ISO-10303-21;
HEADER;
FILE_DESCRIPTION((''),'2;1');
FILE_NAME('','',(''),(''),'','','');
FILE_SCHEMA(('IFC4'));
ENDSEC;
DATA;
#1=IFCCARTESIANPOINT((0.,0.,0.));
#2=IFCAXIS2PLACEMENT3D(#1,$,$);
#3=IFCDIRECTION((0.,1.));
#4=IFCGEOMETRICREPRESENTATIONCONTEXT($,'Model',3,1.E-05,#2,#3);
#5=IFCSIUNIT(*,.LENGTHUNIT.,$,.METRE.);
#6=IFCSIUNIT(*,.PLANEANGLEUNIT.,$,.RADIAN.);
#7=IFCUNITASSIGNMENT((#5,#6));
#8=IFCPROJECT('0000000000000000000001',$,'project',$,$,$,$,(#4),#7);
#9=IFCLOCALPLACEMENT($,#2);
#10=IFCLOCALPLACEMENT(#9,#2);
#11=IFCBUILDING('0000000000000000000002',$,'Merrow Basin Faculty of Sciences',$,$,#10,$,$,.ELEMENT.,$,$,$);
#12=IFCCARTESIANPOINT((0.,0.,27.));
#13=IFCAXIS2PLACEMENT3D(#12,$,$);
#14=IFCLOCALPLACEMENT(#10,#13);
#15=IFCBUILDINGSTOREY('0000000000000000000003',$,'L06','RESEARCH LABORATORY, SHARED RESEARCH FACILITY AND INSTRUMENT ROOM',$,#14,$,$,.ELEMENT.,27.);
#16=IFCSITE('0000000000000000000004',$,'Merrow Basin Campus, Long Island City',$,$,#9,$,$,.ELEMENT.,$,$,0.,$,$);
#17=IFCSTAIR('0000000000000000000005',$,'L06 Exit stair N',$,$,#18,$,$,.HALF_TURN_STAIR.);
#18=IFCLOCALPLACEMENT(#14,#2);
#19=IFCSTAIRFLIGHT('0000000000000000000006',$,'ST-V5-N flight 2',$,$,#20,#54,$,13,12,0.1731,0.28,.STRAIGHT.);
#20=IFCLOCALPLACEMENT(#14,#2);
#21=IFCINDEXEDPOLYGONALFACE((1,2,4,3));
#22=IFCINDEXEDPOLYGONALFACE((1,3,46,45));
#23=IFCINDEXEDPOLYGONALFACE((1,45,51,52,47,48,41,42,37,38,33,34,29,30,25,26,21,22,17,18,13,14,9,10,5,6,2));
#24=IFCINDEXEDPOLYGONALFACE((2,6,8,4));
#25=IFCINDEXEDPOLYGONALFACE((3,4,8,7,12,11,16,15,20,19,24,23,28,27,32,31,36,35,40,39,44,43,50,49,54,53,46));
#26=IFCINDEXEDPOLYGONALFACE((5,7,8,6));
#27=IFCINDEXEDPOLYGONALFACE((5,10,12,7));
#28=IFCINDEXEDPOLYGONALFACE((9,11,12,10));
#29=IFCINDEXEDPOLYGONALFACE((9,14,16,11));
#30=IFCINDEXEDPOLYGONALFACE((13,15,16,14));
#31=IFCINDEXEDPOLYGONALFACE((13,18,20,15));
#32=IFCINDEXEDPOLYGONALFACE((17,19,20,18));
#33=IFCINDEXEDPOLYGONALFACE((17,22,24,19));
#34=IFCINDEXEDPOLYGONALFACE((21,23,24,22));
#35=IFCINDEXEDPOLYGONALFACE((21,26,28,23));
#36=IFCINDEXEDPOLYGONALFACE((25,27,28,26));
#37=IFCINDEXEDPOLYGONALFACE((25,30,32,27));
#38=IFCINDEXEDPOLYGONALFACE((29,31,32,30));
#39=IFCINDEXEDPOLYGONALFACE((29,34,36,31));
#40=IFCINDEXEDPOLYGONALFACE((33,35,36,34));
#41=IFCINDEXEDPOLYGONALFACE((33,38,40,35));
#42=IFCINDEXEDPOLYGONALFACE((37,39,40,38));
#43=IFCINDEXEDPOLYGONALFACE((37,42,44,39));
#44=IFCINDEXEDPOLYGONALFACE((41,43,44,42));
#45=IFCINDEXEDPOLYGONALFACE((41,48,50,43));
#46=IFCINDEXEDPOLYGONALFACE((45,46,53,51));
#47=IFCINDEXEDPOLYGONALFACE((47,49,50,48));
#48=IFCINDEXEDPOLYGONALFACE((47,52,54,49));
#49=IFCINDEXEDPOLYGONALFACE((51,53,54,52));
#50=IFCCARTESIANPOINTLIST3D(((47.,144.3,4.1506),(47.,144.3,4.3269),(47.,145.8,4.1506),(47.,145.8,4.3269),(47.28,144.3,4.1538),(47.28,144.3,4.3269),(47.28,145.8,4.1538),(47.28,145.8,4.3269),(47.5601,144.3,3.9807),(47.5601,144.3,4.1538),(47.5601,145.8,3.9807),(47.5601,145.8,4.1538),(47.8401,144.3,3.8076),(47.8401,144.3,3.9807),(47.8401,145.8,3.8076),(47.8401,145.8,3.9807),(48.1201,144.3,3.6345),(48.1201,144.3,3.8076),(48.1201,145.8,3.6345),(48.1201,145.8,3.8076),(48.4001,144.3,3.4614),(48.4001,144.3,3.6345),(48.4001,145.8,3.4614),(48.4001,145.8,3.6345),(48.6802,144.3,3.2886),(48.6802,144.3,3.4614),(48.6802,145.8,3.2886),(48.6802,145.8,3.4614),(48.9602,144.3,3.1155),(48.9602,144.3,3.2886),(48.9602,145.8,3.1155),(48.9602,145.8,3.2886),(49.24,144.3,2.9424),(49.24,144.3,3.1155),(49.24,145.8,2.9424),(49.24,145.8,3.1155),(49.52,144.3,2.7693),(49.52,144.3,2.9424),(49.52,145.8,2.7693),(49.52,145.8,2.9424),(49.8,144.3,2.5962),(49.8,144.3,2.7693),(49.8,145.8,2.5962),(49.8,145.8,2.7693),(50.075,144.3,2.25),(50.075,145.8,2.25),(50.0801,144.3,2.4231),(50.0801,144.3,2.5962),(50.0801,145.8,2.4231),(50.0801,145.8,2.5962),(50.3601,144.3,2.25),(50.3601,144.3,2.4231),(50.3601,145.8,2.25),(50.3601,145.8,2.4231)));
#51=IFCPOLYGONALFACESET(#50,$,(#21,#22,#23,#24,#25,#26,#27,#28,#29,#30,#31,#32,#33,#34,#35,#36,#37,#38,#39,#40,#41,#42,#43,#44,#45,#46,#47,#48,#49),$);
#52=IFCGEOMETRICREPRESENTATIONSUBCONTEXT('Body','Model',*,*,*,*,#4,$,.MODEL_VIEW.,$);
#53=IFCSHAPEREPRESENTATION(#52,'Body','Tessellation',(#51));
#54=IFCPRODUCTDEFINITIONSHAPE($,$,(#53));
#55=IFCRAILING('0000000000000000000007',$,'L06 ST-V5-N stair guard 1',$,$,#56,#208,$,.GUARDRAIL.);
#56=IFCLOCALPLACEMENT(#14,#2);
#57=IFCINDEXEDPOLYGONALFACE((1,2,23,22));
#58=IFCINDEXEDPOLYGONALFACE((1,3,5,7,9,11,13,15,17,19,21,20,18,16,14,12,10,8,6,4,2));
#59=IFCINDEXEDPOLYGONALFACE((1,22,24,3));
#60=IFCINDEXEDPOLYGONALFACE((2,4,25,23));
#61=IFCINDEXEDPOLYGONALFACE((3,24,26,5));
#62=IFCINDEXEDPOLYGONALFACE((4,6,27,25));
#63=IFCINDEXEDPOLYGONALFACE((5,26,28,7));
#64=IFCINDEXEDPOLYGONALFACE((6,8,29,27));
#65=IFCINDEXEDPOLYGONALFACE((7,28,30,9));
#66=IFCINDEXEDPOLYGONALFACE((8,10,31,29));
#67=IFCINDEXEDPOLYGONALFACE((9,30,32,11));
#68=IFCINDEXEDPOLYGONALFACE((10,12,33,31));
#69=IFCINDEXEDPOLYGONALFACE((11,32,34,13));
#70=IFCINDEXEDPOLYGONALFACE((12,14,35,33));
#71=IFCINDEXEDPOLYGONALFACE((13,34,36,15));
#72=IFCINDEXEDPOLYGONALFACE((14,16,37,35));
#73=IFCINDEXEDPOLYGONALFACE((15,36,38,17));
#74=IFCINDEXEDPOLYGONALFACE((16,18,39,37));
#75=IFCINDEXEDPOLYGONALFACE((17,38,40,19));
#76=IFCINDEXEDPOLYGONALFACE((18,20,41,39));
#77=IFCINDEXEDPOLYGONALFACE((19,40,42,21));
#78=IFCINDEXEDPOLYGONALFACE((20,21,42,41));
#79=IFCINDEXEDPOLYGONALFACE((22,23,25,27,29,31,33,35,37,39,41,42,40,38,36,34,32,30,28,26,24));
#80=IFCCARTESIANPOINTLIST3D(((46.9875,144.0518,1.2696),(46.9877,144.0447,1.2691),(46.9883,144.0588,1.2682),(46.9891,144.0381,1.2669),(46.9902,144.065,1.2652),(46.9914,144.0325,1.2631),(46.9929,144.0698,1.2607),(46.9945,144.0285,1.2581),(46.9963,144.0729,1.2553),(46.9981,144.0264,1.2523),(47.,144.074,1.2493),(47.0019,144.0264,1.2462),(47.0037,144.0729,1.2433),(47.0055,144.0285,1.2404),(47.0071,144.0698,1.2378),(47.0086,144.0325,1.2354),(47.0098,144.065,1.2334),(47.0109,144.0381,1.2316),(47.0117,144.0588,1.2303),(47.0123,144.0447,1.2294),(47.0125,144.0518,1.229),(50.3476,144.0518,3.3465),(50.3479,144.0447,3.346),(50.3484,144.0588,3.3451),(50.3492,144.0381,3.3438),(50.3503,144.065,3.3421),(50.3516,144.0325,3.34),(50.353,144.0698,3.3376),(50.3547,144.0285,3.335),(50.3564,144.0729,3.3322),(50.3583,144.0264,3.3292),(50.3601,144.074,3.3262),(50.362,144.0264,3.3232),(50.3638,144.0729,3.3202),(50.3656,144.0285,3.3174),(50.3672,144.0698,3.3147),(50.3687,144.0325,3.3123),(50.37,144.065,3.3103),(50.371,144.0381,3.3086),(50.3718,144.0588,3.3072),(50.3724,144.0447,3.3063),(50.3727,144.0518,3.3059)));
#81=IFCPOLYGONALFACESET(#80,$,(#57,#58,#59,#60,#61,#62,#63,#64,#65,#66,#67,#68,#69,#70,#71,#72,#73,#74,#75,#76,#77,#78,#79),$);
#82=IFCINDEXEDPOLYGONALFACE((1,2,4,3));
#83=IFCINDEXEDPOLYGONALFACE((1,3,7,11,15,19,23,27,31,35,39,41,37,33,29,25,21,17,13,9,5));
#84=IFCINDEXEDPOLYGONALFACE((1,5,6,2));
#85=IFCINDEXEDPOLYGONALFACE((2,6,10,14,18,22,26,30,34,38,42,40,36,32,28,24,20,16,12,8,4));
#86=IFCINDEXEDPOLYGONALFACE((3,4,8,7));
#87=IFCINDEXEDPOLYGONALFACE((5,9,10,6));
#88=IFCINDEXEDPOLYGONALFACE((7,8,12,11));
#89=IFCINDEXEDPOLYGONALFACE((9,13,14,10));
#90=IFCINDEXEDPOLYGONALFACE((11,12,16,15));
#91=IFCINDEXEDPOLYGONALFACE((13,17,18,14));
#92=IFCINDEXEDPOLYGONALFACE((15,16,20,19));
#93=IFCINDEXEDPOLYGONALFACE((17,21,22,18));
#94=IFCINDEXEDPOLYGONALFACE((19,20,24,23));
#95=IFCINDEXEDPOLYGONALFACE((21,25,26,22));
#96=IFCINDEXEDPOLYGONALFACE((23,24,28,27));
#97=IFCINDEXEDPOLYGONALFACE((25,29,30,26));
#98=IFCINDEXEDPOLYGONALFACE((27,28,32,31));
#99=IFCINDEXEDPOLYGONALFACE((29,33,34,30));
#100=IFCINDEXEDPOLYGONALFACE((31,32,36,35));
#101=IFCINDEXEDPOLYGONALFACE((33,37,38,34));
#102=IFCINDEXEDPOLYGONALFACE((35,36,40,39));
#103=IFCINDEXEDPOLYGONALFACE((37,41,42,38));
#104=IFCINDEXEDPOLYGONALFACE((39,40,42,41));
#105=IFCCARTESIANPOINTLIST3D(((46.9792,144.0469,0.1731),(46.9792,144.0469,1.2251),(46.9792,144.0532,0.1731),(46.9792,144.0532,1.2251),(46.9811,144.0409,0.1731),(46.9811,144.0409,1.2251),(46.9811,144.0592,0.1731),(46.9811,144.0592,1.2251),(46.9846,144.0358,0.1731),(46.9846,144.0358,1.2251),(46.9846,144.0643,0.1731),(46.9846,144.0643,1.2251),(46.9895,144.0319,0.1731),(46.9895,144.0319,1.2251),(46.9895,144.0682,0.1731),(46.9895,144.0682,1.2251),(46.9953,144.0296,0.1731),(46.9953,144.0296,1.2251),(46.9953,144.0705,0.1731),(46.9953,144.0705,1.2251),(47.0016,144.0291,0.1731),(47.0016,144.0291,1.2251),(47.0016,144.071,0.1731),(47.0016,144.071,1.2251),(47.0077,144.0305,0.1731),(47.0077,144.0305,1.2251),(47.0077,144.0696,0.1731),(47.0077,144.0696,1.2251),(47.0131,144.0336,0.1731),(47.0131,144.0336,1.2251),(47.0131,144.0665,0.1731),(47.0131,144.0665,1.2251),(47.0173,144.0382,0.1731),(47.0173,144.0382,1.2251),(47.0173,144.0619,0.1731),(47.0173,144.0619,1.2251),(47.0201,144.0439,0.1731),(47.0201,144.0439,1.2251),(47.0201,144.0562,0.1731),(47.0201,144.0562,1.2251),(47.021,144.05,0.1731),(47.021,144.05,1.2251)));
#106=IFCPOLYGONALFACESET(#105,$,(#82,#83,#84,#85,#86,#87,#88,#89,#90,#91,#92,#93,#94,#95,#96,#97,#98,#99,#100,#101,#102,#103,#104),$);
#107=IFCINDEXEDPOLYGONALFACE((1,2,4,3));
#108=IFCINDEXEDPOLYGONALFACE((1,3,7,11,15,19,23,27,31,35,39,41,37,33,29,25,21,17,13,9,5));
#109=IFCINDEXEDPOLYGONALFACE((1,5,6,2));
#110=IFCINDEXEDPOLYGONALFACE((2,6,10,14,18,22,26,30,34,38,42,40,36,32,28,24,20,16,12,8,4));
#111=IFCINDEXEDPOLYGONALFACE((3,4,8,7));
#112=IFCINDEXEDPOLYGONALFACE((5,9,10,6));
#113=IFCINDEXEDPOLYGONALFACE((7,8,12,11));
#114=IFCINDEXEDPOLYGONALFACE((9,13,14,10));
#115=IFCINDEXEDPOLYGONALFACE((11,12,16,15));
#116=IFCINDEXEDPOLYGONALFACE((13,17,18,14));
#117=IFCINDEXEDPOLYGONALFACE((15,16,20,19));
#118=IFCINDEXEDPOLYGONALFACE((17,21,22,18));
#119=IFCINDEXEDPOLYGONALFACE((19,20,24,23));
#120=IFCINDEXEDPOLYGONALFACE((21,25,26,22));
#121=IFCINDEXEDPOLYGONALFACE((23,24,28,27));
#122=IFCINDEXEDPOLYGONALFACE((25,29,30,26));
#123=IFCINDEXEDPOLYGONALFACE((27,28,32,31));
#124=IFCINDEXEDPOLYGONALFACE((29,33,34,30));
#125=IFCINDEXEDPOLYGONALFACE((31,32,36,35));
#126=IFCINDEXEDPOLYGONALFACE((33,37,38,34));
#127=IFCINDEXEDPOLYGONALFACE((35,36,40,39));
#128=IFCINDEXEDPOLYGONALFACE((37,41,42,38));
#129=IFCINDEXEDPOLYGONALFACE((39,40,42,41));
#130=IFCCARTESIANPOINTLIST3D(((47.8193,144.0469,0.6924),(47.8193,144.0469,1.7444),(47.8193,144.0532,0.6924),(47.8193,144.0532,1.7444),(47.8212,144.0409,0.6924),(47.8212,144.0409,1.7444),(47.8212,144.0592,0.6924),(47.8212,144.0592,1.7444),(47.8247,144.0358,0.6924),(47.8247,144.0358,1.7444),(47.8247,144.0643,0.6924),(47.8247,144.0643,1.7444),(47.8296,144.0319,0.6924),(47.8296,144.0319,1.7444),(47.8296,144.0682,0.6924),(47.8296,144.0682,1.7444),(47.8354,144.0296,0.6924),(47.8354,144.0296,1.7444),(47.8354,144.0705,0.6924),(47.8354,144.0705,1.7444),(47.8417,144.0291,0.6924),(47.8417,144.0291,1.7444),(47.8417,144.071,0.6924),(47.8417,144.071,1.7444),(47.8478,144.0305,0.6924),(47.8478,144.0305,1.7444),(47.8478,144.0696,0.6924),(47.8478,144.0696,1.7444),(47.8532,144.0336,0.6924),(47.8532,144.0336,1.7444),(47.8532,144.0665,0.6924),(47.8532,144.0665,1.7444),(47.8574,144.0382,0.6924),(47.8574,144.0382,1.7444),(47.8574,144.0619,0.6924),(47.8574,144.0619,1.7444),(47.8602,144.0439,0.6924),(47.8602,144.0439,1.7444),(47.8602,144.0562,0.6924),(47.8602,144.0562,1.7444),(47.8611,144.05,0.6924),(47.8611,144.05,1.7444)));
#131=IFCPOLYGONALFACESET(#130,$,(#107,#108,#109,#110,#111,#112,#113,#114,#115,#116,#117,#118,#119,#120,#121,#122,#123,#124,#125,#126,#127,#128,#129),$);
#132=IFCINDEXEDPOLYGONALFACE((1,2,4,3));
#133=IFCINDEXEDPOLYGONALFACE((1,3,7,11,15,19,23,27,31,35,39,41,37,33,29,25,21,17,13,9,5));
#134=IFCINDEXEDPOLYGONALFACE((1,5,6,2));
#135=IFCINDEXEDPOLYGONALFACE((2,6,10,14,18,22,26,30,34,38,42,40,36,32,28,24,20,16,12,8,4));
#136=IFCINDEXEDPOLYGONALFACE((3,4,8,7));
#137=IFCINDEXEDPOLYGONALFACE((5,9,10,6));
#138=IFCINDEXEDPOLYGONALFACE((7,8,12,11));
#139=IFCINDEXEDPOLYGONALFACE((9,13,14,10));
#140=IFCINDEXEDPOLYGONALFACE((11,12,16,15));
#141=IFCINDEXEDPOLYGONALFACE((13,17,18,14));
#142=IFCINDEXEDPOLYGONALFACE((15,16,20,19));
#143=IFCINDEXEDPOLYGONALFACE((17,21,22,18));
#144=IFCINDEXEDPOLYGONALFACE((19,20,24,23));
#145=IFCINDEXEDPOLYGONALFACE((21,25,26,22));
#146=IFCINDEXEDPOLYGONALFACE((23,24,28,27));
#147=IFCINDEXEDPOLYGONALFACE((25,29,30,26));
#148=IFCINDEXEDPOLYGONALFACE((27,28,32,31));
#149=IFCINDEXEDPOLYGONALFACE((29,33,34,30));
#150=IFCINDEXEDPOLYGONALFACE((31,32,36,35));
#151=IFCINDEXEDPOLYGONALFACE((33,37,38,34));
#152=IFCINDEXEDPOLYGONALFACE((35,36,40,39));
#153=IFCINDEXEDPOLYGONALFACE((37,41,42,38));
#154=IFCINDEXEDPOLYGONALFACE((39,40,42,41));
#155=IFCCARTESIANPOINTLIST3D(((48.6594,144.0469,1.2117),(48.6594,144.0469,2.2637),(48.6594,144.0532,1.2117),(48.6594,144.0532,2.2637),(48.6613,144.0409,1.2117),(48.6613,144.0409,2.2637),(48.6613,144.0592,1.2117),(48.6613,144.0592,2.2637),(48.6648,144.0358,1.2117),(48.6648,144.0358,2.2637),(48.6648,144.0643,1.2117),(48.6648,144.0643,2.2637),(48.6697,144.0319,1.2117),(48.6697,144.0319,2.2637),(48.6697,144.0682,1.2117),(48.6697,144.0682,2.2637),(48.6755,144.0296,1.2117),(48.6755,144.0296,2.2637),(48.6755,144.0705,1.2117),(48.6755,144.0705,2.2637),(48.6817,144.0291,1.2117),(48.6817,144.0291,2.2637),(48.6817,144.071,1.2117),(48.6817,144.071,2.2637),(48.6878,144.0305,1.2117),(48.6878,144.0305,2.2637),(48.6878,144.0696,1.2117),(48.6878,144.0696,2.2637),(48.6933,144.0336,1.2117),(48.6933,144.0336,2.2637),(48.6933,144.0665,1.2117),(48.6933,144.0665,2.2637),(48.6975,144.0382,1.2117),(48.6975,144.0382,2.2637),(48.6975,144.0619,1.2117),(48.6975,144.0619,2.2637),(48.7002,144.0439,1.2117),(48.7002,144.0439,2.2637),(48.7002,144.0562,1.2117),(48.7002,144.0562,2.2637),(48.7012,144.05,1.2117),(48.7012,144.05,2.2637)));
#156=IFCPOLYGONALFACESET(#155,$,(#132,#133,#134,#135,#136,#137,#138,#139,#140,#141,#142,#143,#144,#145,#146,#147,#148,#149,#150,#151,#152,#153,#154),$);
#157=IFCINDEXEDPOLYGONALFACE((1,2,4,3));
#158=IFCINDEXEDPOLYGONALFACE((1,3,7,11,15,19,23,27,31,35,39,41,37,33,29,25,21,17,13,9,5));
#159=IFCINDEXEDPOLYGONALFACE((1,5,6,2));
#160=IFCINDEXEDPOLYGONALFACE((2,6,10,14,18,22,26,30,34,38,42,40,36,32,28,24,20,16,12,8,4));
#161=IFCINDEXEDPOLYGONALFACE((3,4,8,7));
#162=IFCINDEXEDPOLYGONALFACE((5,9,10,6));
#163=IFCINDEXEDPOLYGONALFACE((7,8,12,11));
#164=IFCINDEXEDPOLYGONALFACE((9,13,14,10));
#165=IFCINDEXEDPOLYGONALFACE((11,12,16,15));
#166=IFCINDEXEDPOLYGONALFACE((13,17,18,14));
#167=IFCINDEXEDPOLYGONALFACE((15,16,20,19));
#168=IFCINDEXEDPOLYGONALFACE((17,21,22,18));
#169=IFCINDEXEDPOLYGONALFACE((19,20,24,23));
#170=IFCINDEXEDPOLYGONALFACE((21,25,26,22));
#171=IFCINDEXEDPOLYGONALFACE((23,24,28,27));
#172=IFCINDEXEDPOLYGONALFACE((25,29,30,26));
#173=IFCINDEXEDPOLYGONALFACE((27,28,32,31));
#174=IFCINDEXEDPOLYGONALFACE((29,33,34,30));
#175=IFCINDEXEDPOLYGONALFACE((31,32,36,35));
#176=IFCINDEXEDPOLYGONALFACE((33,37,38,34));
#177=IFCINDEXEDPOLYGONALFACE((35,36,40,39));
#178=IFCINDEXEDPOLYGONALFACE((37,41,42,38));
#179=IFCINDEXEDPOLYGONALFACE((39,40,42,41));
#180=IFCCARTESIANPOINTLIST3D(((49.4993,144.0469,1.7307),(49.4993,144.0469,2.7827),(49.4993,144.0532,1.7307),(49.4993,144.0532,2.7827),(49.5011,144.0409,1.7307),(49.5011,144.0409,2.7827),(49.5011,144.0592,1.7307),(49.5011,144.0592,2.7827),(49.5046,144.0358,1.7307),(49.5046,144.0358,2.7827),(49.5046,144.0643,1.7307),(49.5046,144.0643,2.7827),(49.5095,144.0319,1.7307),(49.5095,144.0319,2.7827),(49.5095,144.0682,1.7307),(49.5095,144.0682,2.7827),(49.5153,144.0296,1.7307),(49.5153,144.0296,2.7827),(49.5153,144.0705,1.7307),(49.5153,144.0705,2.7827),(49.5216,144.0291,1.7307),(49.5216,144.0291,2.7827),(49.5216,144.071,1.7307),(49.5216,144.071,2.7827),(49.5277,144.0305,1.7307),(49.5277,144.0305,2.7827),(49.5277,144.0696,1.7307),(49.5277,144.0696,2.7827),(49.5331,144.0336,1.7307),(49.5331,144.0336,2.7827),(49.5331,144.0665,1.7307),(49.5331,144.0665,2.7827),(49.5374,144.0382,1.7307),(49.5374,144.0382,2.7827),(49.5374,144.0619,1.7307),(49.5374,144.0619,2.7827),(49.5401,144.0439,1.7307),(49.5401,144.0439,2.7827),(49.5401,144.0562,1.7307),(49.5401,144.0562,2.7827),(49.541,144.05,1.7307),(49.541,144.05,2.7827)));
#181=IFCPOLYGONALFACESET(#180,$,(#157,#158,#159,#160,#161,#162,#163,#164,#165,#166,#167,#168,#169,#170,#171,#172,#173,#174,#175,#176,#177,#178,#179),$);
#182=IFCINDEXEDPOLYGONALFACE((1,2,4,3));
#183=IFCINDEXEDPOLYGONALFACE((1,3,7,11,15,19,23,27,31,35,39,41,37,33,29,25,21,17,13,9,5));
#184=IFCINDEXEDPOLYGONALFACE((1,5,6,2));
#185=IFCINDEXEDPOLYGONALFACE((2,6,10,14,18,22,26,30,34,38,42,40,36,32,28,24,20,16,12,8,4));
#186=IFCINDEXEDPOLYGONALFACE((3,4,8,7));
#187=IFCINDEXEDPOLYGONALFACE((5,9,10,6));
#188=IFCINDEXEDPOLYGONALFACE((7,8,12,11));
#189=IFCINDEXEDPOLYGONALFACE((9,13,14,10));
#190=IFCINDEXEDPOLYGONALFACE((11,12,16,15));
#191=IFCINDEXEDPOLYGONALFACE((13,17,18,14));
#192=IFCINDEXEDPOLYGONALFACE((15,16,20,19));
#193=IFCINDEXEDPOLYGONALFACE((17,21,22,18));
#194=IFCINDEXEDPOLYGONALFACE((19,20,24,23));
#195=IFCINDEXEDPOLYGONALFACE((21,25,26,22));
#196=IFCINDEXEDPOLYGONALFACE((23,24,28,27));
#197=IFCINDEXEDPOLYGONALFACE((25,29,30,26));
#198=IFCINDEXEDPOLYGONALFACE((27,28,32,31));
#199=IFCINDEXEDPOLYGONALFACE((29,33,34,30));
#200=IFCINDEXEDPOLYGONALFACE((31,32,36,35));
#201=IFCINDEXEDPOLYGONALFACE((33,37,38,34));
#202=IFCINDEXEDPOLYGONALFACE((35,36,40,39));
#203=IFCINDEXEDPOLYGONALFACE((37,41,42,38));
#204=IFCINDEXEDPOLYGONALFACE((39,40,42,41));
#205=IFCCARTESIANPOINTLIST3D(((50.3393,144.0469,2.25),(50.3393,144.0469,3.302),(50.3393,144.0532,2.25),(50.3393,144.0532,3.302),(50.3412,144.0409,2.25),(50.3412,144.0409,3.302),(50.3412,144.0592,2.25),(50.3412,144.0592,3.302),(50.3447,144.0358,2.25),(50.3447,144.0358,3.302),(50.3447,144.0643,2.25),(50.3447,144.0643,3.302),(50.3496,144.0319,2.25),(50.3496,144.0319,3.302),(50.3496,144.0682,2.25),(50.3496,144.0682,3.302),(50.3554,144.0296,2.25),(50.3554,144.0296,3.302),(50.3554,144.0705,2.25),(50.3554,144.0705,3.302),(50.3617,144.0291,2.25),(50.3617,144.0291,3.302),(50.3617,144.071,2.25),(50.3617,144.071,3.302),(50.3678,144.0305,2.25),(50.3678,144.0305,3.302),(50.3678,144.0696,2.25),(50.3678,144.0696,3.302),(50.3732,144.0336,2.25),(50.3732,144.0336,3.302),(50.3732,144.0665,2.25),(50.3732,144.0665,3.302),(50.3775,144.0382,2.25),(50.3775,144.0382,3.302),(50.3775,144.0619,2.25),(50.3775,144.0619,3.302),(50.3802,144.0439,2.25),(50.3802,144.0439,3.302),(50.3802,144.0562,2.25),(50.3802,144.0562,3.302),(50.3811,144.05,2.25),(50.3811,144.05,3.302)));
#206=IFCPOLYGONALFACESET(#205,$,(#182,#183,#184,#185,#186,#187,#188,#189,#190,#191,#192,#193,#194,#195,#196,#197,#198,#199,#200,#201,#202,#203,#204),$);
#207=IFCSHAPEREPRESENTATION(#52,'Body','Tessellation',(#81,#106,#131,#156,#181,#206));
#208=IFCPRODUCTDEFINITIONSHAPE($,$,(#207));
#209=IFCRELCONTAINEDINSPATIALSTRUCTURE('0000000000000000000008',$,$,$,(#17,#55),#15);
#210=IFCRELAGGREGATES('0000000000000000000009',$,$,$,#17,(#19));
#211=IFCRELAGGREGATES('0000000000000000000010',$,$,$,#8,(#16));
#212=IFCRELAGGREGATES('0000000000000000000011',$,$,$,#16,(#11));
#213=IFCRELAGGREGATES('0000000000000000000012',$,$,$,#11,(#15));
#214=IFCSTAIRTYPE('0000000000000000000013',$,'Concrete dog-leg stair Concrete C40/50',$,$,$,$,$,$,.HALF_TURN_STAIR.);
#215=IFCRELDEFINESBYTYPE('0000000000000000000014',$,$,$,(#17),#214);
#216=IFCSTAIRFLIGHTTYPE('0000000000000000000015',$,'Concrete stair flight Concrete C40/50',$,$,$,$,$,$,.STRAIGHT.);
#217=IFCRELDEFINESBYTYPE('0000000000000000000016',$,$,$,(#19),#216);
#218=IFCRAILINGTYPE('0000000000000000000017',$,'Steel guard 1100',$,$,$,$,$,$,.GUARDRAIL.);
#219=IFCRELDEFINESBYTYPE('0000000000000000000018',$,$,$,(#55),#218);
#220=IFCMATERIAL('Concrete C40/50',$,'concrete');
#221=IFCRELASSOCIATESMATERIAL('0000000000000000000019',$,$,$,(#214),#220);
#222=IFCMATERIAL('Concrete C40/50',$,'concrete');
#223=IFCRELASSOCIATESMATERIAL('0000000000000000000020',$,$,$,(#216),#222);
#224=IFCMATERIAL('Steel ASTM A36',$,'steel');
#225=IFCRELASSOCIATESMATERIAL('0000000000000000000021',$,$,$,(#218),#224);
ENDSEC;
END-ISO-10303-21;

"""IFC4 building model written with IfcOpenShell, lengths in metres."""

from ifc_helpers import new_model, si_unit, direction, frame, origin, origin_2d, place, context, subcontext, project, spatial, polyline, circle, outline, extrude, material, type_object, element, aggregate, save


model = new_model("IFC4")

# Units and contexts
model_context = context("Model", 3, precision=1e-05, world=origin(), true_north=direction((0.0, 1.0)))
body_context = subcontext(model_context, "Body", "Model", "MODEL_VIEW")
ifc_project = project(units=[si_unit("LENGTHUNIT", "METRE"), si_unit("PLANEANGLEUNIT", "RADIAN")], contexts=[model_context])

# Site, building, storey
site_placement = place(None, origin())
site = spatial("IfcSite", under=ifc_project, at=site_placement, Name="Merrow Basin Campus, Long Island City", CompositionType="ELEMENT", RefElevation=0.0)
building_placement = place(site_placement, origin())
building = spatial("IfcBuilding", under=site, at=building_placement, Name="Merrow Basin Faculty of Sciences", CompositionType="ELEMENT")
storey_placement = place(building_placement, frame((0.0, 0.0, 27.0)))
storey = spatial("IfcBuildingStorey", under=building, at=storey_placement, Name="L06", Description="RESEARCH LABORATORY, SHARED RESEARCH FACILITY AND INSTRUMENT ROOM", CompositionType="ELEMENT", Elevation=27.0)

# Stair, stair flight
ifc_material_1 = material(Name="Concrete C40/50", Category="concrete")
stair_type = type_object("IfcStairType", Name="Concrete dog-leg stair Concrete C40/50", PredefinedType="HALF_TURN_STAIR", material=ifc_material_1)
stair_placement = place(storey_placement, origin())
stair = element("IfcStair", 1, at=stair_placement, inside=storey, type_object=stair_type, Name="L06 Exit stair N", PredefinedType="HALF_TURN_STAIR")
ifc_material_2 = material(Name="Concrete C40/50", Category="concrete")
stair_flight_type = type_object("IfcStairFlightType", Name="Concrete stair flight Concrete C40/50", PredefinedType="STRAIGHT", material=ifc_material_2)
stair_flight_1_placement = place(storey_placement, frame((50.3601, 145.05, 2.25), z_axis=(0.0, 0.0, 1.0), x_axis=(-1.0, 0.0, 0.0)))
stair_flight_1 = element("IfcStairFlight", 2, at=stair_flight_1_placement, type_object=stair_flight_type, Name="ST-V5-N flight 2", NumberOfRisers=13, NumberOfTreads=12, PredefinedType="STRAIGHT", RiserHeight=0.1731, TreadLength=0.28, context=body_context, shape_type="SweptSolid", body=[
    extrude(outline(polyline([(0.0, 0.0), (0.0, 0.1731), (0.28, 0.1731), (0.28, 0.3462), (0.5601, 0.3462), (0.5601, 0.5193), (0.8401, 0.5193), (0.8401, 0.6924), (1.1201, 0.6924), (1.1201, 0.8655), (1.3999, 0.8655), (1.3999, 1.0386), (1.6799, 1.0386), (1.6799, 1.2114), (1.96, 1.2114), (1.96, 1.3845), (2.24, 1.3845), (2.24, 1.5576), (2.52, 1.5576), (2.52, 1.7307), (2.8, 1.7307), (2.8, 1.9038), (3.0801, 1.9038), (3.0801, 2.0769), (3.3601, 2.0769), (3.3601, 2.25), (3.3601, 1.9006), (0.2852, 0.0), (0.0, 0.0)])), frame((0.0, 0.75, 0.0), z_axis=(0.0, -1.0, 0.0), x_axis=(1.0, 0.0, 0.0)), (0.0, 0.0, 1.0), 1.5),
])
aggregate(stair, [stair_flight_1])

# Railing
ifc_material_3 = material(Name="Steel ASTM A36", Category="steel")
railing_type_1 = type_object("IfcRailingType", Name="Steel guard 1100", PredefinedType="GUARDRAIL", material=ifc_material_3)
railing_1_placement = place(storey_placement, frame((47.0, 144.05, 0.1731)))
element("IfcRailing", 3, at=railing_1_placement, inside=storey, type_object=railing_type_1, Name="L06 ST-V5-N stair guard 1", PredefinedType="GUARDRAIL", context=body_context, shape_type="SweptSolid", body=[
    extrude(circle(Radius=0.0239, at=origin_2d()), frame((0.0, 0.0, 1.0762), z_axis=(0.850623, 0.0, 0.525776), x_axis=(0.0, 1.0, 0.0)), (0.0, 0.0, 1.0), 3.9502),
    extrude(circle(Radius=0.021, at=origin_2d()), origin(), (0.0, 0.0, 1.0), 1.052),
    extrude(circle(Radius=0.021, at=origin_2d()), frame((0.8401, 0.0, 0.5193)), (0.0, 0.0, 1.0), 1.052),
    extrude(circle(Radius=0.021, at=origin_2d()), frame((1.6802, 0.0, 1.0386)), (0.0, 0.0, 1.0), 1.052),
    extrude(circle(Radius=0.021, at=origin_2d()), frame((2.52, 0.0, 1.5576)), (0.0, 0.0, 1.0), 1.052),
    extrude(circle(Radius=0.021, at=origin_2d()), frame((3.3601, 0.0, 2.0769)), (0.0, 0.0, 1.0), 1.052),
])

save(model, "model.ifc")
